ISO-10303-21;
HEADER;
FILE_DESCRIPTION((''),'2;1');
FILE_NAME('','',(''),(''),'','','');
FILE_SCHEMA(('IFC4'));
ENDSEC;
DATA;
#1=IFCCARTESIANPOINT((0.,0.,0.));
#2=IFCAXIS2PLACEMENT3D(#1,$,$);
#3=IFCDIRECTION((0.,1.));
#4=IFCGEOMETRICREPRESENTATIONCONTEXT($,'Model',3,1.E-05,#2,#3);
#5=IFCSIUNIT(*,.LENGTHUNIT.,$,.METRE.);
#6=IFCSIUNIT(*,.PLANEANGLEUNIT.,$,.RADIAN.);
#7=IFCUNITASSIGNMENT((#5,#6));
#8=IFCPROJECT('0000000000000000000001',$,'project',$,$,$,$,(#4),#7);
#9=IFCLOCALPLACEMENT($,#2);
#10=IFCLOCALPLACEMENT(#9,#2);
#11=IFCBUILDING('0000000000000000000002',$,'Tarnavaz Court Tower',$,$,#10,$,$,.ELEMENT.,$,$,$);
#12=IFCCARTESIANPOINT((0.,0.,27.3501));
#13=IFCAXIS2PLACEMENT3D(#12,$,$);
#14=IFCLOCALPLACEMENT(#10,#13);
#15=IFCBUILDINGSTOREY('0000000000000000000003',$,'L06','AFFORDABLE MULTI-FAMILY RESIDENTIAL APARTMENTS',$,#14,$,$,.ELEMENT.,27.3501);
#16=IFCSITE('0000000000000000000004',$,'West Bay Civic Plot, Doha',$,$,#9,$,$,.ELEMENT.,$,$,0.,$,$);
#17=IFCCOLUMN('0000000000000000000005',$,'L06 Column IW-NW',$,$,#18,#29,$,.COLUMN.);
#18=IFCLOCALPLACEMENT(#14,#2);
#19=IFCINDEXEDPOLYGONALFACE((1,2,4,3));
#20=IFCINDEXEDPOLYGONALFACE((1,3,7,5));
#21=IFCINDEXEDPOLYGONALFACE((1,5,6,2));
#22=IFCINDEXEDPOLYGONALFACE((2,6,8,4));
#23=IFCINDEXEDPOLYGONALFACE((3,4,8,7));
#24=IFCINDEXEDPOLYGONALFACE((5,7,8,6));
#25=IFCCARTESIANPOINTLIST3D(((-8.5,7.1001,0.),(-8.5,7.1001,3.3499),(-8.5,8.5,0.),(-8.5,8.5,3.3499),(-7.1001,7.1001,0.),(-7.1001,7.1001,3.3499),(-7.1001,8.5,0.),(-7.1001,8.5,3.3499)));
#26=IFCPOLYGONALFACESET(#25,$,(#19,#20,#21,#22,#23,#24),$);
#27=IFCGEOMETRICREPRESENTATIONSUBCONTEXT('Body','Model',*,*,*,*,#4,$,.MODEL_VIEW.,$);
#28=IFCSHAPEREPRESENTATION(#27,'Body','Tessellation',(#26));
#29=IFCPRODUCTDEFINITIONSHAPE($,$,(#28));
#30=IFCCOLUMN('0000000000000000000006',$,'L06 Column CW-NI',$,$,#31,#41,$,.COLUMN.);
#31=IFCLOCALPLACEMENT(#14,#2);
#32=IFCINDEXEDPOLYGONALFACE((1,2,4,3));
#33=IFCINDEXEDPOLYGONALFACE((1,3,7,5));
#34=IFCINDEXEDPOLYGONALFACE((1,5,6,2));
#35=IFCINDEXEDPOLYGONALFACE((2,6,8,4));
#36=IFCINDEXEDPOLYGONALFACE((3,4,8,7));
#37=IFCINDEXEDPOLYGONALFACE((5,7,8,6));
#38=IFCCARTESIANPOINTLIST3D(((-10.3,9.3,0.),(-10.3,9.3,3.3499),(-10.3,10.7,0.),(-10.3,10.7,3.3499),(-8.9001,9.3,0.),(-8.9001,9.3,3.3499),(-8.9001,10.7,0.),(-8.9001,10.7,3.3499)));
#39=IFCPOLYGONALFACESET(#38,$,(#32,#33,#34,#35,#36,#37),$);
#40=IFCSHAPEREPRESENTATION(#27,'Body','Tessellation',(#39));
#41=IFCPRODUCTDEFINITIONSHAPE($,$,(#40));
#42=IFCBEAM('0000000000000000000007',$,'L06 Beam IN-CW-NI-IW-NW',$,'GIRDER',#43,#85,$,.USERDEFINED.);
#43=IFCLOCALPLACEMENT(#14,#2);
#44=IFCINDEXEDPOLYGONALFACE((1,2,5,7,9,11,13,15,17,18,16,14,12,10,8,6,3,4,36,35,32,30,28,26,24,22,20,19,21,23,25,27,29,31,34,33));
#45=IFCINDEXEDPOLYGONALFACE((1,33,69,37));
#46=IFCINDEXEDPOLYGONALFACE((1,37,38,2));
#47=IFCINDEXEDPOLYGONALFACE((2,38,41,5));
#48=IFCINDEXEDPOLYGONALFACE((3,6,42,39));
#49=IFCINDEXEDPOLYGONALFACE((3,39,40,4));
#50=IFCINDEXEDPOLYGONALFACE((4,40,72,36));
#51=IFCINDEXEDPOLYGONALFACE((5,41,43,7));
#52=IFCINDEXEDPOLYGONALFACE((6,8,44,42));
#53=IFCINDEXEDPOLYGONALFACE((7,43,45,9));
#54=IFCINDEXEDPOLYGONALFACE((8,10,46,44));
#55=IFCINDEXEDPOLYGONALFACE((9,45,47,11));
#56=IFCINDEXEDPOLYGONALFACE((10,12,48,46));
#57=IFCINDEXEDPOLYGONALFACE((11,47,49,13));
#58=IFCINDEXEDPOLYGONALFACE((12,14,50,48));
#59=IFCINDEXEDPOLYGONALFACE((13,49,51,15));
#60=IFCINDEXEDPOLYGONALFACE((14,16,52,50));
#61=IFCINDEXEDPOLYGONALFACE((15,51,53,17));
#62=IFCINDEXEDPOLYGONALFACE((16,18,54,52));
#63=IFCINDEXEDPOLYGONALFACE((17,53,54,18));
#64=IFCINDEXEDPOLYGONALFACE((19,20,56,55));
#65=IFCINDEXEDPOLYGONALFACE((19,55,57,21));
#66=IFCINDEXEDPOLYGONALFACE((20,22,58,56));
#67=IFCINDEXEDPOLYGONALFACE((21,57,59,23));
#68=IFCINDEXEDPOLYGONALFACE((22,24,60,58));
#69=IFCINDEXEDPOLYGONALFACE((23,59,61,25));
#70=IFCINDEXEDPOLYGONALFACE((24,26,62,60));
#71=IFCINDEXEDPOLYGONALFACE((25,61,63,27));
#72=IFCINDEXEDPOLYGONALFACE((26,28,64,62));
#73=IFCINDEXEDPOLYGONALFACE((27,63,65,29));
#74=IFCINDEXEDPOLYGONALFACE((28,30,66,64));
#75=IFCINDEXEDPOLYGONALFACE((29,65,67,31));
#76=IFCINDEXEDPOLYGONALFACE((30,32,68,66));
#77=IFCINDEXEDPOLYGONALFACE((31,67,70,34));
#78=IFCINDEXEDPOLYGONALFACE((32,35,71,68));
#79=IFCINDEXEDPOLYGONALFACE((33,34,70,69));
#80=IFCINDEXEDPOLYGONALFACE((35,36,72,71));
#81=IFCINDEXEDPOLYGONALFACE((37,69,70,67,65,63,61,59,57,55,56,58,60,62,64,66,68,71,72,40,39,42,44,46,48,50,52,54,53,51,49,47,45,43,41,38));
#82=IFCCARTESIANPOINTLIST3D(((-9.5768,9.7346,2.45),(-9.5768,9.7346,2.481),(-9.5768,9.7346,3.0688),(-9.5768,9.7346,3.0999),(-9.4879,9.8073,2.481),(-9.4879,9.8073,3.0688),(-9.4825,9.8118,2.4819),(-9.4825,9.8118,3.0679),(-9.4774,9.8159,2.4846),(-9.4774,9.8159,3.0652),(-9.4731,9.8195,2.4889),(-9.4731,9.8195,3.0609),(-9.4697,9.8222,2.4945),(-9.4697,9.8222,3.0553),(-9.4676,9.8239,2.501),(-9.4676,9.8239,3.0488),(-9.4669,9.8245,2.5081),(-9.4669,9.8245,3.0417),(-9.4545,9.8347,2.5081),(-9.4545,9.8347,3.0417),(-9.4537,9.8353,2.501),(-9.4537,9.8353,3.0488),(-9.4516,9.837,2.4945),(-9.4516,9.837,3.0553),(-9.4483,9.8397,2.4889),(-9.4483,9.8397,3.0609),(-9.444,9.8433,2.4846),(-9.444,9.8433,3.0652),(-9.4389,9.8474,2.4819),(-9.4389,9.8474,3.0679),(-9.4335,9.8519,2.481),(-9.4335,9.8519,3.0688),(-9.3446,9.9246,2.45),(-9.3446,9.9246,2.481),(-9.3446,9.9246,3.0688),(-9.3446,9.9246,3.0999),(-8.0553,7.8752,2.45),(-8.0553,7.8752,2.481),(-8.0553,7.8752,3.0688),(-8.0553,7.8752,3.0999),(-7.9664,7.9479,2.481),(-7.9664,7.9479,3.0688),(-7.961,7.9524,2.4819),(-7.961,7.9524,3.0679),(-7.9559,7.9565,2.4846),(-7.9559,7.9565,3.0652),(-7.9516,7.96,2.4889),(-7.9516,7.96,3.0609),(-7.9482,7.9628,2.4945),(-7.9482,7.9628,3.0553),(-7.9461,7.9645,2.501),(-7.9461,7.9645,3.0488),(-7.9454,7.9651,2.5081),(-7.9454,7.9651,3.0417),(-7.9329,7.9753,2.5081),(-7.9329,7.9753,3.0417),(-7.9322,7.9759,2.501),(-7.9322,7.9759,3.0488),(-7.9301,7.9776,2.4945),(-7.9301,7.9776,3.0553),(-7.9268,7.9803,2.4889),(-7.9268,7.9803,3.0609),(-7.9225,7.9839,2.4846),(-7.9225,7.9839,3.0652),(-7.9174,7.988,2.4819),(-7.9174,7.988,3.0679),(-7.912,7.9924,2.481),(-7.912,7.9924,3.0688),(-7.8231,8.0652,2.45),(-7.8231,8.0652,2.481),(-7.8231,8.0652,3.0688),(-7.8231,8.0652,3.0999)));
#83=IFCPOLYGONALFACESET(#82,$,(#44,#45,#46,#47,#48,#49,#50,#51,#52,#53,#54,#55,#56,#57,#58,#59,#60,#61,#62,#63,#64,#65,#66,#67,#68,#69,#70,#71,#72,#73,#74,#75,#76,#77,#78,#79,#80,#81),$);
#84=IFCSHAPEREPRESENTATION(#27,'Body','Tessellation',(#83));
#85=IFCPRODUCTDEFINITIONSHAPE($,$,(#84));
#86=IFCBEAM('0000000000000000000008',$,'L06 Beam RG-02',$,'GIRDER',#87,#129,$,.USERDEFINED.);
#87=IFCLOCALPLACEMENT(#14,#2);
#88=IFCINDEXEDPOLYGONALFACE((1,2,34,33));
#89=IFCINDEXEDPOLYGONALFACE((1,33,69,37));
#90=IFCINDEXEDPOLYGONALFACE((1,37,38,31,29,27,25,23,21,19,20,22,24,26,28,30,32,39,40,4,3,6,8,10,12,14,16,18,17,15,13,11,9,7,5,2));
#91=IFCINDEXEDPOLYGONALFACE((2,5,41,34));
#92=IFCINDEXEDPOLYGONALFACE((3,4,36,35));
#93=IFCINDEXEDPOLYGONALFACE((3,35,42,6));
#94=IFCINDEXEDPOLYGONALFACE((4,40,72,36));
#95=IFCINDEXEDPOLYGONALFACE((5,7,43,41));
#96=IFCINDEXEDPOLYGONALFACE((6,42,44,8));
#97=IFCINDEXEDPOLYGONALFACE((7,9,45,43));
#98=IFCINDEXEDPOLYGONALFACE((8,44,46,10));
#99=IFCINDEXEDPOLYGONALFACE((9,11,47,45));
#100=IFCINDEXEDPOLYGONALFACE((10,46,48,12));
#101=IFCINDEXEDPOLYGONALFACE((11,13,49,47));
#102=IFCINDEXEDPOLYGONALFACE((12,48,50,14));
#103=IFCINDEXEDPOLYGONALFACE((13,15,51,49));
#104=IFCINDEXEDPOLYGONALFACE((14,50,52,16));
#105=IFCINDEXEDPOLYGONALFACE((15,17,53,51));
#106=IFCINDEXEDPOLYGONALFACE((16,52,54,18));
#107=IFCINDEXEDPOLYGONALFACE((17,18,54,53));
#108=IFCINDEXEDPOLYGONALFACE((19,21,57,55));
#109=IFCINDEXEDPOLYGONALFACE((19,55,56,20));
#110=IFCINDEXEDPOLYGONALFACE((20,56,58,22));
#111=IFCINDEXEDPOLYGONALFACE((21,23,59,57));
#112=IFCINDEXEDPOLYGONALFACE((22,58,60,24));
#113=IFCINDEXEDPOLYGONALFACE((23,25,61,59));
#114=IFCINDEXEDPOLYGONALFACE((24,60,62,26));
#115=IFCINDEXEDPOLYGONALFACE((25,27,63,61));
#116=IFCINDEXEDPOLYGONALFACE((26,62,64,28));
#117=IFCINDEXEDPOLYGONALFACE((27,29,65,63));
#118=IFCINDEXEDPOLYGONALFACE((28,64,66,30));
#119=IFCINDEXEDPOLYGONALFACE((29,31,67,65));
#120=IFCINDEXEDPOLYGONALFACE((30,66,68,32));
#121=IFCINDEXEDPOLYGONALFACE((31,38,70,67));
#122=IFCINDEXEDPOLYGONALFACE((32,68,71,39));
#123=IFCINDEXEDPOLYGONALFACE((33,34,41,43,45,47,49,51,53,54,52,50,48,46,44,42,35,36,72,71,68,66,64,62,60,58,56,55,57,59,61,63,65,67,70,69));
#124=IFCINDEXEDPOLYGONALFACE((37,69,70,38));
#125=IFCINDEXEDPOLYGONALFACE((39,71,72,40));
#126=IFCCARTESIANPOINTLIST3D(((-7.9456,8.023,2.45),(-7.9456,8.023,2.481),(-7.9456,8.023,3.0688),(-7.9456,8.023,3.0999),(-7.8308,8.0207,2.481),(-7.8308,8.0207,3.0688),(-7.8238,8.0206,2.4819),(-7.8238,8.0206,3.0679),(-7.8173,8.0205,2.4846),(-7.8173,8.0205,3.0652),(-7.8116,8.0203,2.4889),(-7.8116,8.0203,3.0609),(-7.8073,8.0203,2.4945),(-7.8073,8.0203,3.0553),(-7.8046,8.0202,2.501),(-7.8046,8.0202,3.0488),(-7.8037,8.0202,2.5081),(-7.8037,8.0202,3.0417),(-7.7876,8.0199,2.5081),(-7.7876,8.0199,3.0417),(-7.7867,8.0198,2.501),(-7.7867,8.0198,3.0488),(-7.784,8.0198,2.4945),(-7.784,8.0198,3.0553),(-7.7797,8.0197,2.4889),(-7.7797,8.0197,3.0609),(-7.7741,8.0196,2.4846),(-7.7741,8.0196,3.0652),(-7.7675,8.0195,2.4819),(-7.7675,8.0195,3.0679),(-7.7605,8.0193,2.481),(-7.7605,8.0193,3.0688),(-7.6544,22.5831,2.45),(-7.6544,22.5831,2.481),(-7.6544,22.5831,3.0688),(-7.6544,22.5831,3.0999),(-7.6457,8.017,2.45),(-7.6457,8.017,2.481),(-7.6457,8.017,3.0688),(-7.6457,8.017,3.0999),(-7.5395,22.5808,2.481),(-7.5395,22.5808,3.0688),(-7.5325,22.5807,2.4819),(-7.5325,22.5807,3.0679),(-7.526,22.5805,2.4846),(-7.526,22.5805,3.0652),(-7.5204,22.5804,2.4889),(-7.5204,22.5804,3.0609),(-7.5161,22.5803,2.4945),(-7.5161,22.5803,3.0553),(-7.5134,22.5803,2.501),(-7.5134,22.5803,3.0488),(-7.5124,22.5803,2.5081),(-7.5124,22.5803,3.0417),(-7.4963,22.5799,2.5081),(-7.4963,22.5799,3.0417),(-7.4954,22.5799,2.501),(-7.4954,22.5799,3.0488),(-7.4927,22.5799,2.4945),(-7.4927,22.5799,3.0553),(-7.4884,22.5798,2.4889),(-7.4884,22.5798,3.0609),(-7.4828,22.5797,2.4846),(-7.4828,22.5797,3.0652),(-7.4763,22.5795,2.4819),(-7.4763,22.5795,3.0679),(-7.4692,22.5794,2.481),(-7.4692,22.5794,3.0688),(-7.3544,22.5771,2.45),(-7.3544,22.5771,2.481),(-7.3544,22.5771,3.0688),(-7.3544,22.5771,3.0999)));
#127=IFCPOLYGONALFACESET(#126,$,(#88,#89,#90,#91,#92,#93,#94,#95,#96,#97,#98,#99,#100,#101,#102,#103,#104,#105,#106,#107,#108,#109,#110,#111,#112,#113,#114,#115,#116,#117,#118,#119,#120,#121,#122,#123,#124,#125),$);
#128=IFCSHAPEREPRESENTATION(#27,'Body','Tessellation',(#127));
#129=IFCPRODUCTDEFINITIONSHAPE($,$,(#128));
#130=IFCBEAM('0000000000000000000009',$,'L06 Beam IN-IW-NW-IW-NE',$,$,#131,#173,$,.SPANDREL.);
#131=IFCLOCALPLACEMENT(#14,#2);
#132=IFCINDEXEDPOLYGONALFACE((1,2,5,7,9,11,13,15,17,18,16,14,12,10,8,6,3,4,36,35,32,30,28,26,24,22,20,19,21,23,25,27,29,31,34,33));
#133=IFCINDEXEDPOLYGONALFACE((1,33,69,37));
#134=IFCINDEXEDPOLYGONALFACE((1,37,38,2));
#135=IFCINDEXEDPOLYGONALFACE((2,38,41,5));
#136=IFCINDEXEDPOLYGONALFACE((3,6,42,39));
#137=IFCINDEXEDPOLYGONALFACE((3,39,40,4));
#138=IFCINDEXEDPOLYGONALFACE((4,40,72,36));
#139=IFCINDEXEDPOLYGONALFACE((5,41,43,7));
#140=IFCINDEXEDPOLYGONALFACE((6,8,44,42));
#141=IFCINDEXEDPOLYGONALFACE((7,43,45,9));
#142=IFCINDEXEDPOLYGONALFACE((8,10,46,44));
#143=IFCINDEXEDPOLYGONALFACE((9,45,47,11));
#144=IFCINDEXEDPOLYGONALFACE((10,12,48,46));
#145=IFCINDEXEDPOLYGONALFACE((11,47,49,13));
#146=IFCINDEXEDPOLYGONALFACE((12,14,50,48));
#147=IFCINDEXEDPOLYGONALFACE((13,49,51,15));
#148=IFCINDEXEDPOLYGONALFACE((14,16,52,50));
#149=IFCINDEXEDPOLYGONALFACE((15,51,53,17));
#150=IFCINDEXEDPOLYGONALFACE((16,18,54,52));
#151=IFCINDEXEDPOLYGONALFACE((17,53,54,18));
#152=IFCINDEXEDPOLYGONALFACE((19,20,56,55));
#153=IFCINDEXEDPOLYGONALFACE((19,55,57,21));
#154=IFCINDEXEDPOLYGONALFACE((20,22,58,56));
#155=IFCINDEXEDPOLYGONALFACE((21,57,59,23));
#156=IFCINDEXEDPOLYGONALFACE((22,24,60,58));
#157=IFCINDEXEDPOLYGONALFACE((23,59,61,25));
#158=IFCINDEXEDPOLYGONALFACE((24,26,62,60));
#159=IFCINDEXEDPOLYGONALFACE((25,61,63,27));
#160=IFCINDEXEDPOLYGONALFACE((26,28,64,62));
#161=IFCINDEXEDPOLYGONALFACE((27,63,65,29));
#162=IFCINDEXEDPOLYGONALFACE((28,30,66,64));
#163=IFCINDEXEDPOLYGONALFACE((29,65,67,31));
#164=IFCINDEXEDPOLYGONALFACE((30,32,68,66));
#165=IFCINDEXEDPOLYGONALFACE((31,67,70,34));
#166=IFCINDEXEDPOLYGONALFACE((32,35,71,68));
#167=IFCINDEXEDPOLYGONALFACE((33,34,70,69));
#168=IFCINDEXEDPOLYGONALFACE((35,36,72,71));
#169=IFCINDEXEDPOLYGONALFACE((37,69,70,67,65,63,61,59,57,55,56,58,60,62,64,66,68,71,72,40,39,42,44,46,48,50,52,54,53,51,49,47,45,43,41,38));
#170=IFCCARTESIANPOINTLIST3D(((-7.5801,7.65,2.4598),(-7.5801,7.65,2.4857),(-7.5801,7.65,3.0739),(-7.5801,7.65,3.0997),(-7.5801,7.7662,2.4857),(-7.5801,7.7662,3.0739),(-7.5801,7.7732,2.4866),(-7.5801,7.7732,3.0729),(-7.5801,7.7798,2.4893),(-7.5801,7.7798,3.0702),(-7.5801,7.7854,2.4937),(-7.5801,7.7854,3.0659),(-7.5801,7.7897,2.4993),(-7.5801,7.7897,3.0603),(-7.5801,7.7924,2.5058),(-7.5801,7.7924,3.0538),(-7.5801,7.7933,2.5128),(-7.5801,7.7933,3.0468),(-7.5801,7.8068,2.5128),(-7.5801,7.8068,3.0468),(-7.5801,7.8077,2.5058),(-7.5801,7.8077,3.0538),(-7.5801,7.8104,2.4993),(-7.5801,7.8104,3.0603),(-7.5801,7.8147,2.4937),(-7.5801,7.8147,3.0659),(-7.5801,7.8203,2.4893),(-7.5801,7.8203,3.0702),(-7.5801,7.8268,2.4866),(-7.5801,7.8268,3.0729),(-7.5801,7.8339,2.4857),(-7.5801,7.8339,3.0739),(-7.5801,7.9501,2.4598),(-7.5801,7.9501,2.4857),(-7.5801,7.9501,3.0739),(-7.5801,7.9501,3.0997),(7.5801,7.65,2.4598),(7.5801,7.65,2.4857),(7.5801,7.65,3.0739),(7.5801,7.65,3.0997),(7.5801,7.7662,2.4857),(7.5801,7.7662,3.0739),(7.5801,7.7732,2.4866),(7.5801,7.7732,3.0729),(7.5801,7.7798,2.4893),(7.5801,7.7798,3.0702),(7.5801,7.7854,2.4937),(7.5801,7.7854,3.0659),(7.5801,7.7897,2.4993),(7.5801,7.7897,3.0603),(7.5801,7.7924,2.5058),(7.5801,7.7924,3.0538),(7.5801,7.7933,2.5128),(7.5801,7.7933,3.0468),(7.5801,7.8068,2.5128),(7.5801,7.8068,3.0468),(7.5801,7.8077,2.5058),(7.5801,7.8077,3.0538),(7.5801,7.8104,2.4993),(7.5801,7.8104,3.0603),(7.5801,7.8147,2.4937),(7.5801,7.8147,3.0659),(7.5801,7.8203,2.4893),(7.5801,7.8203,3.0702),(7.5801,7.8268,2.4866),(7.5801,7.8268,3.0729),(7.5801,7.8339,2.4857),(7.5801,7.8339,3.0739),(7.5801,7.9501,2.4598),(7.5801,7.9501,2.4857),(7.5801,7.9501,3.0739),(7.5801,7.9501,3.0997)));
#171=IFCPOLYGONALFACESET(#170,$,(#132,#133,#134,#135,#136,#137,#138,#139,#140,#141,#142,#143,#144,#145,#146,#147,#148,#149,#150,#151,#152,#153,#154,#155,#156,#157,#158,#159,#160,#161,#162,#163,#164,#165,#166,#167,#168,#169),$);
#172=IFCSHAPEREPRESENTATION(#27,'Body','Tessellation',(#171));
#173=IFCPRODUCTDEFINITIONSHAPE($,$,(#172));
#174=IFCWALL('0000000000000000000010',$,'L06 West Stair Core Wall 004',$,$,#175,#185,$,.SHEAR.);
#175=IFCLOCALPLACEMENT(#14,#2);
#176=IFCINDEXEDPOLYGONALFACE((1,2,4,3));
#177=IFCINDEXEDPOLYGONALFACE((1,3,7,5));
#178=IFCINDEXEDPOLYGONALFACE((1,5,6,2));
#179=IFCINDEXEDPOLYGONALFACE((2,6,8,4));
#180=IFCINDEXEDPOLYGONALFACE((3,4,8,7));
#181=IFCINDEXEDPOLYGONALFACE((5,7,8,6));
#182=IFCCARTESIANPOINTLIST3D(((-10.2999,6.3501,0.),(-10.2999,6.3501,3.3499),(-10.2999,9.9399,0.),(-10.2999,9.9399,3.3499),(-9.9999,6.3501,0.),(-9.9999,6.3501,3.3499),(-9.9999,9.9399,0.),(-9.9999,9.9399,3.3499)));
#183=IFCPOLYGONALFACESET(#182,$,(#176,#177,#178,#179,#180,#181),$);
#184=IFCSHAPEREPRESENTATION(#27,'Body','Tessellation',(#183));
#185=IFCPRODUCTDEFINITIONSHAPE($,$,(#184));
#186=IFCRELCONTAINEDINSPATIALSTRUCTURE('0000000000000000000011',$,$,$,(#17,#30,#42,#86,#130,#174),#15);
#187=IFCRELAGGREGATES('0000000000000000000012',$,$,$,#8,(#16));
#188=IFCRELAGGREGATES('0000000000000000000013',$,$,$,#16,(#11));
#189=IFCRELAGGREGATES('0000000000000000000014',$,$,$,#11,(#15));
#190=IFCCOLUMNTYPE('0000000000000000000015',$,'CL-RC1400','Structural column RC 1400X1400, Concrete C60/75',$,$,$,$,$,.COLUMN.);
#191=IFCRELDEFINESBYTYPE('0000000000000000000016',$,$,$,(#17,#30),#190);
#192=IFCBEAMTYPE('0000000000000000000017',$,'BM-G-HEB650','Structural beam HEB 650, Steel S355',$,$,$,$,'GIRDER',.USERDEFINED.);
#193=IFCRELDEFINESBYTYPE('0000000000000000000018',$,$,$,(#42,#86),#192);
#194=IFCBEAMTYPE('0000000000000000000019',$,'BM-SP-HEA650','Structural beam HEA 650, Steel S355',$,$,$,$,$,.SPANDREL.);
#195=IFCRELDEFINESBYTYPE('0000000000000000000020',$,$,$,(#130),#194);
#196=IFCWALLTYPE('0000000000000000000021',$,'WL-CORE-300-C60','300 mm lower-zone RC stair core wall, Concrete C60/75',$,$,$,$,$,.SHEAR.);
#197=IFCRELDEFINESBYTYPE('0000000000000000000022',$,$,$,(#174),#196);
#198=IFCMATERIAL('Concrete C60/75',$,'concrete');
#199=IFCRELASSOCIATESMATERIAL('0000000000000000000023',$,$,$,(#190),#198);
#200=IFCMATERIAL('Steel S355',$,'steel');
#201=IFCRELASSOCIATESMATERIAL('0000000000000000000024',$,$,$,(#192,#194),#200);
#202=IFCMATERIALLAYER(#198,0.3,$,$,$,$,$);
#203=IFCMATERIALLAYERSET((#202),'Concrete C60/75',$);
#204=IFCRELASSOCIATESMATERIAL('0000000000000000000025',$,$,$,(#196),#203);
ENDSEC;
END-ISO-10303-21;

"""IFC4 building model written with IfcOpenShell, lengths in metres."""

from ifc_helpers import new_model, si_unit, direction, frame, frame_2d, origin, origin_2d, place, context, subcontext, project, spatial, rectangle, i_section, extrude, material, layer, layer_set, material_profile, profile_set, type_object, element, save


model = new_model("IFC4")

# Units and contexts
model_context = context("Model", 3, precision=1e-05, world=origin(), true_north=direction((0.0, 1.0)))
body_context = subcontext(model_context, "Body", "Model", "MODEL_VIEW")
ifc_project = project(units=[si_unit("LENGTHUNIT", "METRE"), si_unit("PLANEANGLEUNIT", "RADIAN")], contexts=[model_context])

# Site, building, storey
site_placement = place(None, origin())
site = spatial("IfcSite", under=ifc_project, at=site_placement, Name="West Bay Civic Plot, Doha", CompositionType="ELEMENT", RefElevation=0.0)
building_placement = place(site_placement, origin())
building = spatial("IfcBuilding", under=site, at=building_placement, Name="Tarnavaz Court Tower", CompositionType="ELEMENT")
storey_placement = place(building_placement, frame((0.0, 0.0, 27.3501)))
storey = spatial("IfcBuildingStorey", under=building, at=storey_placement, Name="L06", Description="AFFORDABLE MULTI-FAMILY RESIDENTIAL APARTMENTS", CompositionType="ELEMENT", Elevation=27.3501)

# Columns
ifc_material_1 = material(Name="Concrete C60/75", Category="concrete")
ifc_material_profile_1 = material_profile(ifc_material_1, rectangle(XDim=1.3999, YDim=1.3999, at=origin_2d()), Name="RC 1400X1400")
ifc_profile_set_1 = profile_set([ifc_material_profile_1], Name="Concrete C60/75")
column_type = type_object("IfcColumnType", Name="CL-RC1400", Description="Structural column RC 1400X1400, Concrete C60/75", PredefinedType="COLUMN", material=ifc_profile_set_1)
for number, where, z_axis, x_axis, name in (
    (1, (-7.8, 7.8, 0.0), (0.0, 0.0, 1.0), (1.0, 0.0, 0.0), "L06 Column IW-NW"),
    (2, (-9.6001, 10.0, 0.0), (0.0, 0.0, 1.0), (1.0, 0.0, 0.0), "L06 Column CW-NI"),
):
    element("IfcColumn", number, at=place(storey_placement, frame(where, z_axis=z_axis, x_axis=x_axis)), inside=storey, type_object=column_type, Name=name, PredefinedType="COLUMN", context=body_context, shape_type="SweptSolid", body=[
        extrude(rectangle(XDim=1.3999, YDim=1.3999, at=origin_2d()), origin(), (0.0, 0.0, 1.0), 3.3499),
    ])

# Beams
ifc_material_2 = material(Name="Steel S355", Category="steel")
ifc_material_profile_2 = material_profile(ifc_material_2, i_section(OverallWidth=0.3, OverallDepth=0.6499, WebThickness=0.0161, FlangeThickness=0.031, FilletRadius=0.0271, at=origin_2d()), Name="HEB 650")
ifc_profile_set_2 = profile_set([ifc_material_profile_2], Name="Steel S355")
beam_type_1 = type_object("IfcBeamType", Name="BM-G-HEB650", Description="Structural beam HEB 650, Steel S355", ElementType="GIRDER", PredefinedType="USERDEFINED", material=ifc_profile_set_2)
beam_1_placement = place(storey_placement, frame((-9.4607, 9.8296, 2.7749), z_axis=(0.633282, -0.773921, 0.0), x_axis=(0.773921, 0.633282, 0.0)))
element("IfcBeam", 3, at=beam_1_placement, inside=storey, type_object=beam_type_1, Name="L06 Beam IN-CW-NI-IW-NW", ObjectType="GIRDER", PredefinedType="USERDEFINED", context=body_context, shape_type="SweptSolid", body=[
    extrude(i_section(OverallWidth=0.3, OverallDepth=0.6499, WebThickness=0.0161, FlangeThickness=0.031, FilletRadius=0.0271, at=origin_2d()), origin(), (0.0, 0.0, 1.0), 2.4026),
])
beam_2_placement = place(storey_placement, frame((-7.7957, 8.02, 2.7749), z_axis=(0.02, 0.9998, 0.0), x_axis=(-0.9998, 0.02, 0.0)))
element("IfcBeam", 4, at=beam_2_placement, inside=storey, type_object=beam_type_1, Name="L06 Beam RG-02", ObjectType="GIRDER", PredefinedType="USERDEFINED", context=body_context, shape_type="SweptSolid", body=[
    extrude(i_section(OverallWidth=0.3, OverallDepth=0.6499, WebThickness=0.0161, FlangeThickness=0.031, FilletRadius=0.0271, at=origin_2d()), origin(), (0.0, 0.0, 1.0), 14.563),
])
ifc_material_profile_3 = material_profile(ifc_material_2, i_section(OverallWidth=0.3, OverallDepth=0.6399, WebThickness=0.0134, FlangeThickness=0.0259, FilletRadius=0.0271, at=origin_2d()), Name="HEA 650")
ifc_profile_set_3 = profile_set([ifc_material_profile_3], Name="Steel S355")
beam_type_2 = type_object("IfcBeamType", Name="BM-SP-HEA650", Description="Structural beam HEA 650, Steel S355", PredefinedType="SPANDREL", material=ifc_profile_set_3)
beam_3_placement = place(storey_placement, frame((-7.5801, 7.8, 2.7798), z_axis=(1.0, 0.0, 0.0), x_axis=(0.0, 1.0, 0.0)))
element("IfcBeam", 5, at=beam_3_placement, inside=storey, type_object=beam_type_2, Name="L06 Beam IN-IW-NW-IW-NE", PredefinedType="SPANDREL", context=body_context, shape_type="SweptSolid", body=[
    extrude(i_section(OverallWidth=0.3, OverallDepth=0.6399, WebThickness=0.0134, FlangeThickness=0.0259, FilletRadius=0.0271, at=origin_2d()), origin(), (0.0, 0.0, 1.0), 15.1602),
])

# Wall
ifc_layer_1 = layer(ifc_material_1, 0.3)
ifc_layer_set_1 = layer_set([ifc_layer_1], Name="Concrete C60/75")
wall_type_1 = type_object("IfcWallType", Name="WL-CORE-300-C60", Description="300 mm lower-zone RC stair core wall, Concrete C60/75", PredefinedType="SHEAR", material=ifc_layer_set_1)
wall_1_placement = place(storey_placement, frame((-10.1499, 6.3501, 0.0), z_axis=(0.0, 0.0, 1.0), x_axis=(0.0, 1.0, 0.0)))
element("IfcWall", 6, at=wall_1_placement, inside=storey, type_object=wall_type_1, Name="L06 West Stair Core Wall 004", PredefinedType="SHEAR", context=body_context, shape_type="SweptSolid", body=[
    extrude(rectangle(XDim=3.5898, YDim=0.3, at=frame_2d((1.7949, 0.0))), origin(), (0.0, 0.0, 1.0), 3.3499),
])

save(model, "model.ifc")
